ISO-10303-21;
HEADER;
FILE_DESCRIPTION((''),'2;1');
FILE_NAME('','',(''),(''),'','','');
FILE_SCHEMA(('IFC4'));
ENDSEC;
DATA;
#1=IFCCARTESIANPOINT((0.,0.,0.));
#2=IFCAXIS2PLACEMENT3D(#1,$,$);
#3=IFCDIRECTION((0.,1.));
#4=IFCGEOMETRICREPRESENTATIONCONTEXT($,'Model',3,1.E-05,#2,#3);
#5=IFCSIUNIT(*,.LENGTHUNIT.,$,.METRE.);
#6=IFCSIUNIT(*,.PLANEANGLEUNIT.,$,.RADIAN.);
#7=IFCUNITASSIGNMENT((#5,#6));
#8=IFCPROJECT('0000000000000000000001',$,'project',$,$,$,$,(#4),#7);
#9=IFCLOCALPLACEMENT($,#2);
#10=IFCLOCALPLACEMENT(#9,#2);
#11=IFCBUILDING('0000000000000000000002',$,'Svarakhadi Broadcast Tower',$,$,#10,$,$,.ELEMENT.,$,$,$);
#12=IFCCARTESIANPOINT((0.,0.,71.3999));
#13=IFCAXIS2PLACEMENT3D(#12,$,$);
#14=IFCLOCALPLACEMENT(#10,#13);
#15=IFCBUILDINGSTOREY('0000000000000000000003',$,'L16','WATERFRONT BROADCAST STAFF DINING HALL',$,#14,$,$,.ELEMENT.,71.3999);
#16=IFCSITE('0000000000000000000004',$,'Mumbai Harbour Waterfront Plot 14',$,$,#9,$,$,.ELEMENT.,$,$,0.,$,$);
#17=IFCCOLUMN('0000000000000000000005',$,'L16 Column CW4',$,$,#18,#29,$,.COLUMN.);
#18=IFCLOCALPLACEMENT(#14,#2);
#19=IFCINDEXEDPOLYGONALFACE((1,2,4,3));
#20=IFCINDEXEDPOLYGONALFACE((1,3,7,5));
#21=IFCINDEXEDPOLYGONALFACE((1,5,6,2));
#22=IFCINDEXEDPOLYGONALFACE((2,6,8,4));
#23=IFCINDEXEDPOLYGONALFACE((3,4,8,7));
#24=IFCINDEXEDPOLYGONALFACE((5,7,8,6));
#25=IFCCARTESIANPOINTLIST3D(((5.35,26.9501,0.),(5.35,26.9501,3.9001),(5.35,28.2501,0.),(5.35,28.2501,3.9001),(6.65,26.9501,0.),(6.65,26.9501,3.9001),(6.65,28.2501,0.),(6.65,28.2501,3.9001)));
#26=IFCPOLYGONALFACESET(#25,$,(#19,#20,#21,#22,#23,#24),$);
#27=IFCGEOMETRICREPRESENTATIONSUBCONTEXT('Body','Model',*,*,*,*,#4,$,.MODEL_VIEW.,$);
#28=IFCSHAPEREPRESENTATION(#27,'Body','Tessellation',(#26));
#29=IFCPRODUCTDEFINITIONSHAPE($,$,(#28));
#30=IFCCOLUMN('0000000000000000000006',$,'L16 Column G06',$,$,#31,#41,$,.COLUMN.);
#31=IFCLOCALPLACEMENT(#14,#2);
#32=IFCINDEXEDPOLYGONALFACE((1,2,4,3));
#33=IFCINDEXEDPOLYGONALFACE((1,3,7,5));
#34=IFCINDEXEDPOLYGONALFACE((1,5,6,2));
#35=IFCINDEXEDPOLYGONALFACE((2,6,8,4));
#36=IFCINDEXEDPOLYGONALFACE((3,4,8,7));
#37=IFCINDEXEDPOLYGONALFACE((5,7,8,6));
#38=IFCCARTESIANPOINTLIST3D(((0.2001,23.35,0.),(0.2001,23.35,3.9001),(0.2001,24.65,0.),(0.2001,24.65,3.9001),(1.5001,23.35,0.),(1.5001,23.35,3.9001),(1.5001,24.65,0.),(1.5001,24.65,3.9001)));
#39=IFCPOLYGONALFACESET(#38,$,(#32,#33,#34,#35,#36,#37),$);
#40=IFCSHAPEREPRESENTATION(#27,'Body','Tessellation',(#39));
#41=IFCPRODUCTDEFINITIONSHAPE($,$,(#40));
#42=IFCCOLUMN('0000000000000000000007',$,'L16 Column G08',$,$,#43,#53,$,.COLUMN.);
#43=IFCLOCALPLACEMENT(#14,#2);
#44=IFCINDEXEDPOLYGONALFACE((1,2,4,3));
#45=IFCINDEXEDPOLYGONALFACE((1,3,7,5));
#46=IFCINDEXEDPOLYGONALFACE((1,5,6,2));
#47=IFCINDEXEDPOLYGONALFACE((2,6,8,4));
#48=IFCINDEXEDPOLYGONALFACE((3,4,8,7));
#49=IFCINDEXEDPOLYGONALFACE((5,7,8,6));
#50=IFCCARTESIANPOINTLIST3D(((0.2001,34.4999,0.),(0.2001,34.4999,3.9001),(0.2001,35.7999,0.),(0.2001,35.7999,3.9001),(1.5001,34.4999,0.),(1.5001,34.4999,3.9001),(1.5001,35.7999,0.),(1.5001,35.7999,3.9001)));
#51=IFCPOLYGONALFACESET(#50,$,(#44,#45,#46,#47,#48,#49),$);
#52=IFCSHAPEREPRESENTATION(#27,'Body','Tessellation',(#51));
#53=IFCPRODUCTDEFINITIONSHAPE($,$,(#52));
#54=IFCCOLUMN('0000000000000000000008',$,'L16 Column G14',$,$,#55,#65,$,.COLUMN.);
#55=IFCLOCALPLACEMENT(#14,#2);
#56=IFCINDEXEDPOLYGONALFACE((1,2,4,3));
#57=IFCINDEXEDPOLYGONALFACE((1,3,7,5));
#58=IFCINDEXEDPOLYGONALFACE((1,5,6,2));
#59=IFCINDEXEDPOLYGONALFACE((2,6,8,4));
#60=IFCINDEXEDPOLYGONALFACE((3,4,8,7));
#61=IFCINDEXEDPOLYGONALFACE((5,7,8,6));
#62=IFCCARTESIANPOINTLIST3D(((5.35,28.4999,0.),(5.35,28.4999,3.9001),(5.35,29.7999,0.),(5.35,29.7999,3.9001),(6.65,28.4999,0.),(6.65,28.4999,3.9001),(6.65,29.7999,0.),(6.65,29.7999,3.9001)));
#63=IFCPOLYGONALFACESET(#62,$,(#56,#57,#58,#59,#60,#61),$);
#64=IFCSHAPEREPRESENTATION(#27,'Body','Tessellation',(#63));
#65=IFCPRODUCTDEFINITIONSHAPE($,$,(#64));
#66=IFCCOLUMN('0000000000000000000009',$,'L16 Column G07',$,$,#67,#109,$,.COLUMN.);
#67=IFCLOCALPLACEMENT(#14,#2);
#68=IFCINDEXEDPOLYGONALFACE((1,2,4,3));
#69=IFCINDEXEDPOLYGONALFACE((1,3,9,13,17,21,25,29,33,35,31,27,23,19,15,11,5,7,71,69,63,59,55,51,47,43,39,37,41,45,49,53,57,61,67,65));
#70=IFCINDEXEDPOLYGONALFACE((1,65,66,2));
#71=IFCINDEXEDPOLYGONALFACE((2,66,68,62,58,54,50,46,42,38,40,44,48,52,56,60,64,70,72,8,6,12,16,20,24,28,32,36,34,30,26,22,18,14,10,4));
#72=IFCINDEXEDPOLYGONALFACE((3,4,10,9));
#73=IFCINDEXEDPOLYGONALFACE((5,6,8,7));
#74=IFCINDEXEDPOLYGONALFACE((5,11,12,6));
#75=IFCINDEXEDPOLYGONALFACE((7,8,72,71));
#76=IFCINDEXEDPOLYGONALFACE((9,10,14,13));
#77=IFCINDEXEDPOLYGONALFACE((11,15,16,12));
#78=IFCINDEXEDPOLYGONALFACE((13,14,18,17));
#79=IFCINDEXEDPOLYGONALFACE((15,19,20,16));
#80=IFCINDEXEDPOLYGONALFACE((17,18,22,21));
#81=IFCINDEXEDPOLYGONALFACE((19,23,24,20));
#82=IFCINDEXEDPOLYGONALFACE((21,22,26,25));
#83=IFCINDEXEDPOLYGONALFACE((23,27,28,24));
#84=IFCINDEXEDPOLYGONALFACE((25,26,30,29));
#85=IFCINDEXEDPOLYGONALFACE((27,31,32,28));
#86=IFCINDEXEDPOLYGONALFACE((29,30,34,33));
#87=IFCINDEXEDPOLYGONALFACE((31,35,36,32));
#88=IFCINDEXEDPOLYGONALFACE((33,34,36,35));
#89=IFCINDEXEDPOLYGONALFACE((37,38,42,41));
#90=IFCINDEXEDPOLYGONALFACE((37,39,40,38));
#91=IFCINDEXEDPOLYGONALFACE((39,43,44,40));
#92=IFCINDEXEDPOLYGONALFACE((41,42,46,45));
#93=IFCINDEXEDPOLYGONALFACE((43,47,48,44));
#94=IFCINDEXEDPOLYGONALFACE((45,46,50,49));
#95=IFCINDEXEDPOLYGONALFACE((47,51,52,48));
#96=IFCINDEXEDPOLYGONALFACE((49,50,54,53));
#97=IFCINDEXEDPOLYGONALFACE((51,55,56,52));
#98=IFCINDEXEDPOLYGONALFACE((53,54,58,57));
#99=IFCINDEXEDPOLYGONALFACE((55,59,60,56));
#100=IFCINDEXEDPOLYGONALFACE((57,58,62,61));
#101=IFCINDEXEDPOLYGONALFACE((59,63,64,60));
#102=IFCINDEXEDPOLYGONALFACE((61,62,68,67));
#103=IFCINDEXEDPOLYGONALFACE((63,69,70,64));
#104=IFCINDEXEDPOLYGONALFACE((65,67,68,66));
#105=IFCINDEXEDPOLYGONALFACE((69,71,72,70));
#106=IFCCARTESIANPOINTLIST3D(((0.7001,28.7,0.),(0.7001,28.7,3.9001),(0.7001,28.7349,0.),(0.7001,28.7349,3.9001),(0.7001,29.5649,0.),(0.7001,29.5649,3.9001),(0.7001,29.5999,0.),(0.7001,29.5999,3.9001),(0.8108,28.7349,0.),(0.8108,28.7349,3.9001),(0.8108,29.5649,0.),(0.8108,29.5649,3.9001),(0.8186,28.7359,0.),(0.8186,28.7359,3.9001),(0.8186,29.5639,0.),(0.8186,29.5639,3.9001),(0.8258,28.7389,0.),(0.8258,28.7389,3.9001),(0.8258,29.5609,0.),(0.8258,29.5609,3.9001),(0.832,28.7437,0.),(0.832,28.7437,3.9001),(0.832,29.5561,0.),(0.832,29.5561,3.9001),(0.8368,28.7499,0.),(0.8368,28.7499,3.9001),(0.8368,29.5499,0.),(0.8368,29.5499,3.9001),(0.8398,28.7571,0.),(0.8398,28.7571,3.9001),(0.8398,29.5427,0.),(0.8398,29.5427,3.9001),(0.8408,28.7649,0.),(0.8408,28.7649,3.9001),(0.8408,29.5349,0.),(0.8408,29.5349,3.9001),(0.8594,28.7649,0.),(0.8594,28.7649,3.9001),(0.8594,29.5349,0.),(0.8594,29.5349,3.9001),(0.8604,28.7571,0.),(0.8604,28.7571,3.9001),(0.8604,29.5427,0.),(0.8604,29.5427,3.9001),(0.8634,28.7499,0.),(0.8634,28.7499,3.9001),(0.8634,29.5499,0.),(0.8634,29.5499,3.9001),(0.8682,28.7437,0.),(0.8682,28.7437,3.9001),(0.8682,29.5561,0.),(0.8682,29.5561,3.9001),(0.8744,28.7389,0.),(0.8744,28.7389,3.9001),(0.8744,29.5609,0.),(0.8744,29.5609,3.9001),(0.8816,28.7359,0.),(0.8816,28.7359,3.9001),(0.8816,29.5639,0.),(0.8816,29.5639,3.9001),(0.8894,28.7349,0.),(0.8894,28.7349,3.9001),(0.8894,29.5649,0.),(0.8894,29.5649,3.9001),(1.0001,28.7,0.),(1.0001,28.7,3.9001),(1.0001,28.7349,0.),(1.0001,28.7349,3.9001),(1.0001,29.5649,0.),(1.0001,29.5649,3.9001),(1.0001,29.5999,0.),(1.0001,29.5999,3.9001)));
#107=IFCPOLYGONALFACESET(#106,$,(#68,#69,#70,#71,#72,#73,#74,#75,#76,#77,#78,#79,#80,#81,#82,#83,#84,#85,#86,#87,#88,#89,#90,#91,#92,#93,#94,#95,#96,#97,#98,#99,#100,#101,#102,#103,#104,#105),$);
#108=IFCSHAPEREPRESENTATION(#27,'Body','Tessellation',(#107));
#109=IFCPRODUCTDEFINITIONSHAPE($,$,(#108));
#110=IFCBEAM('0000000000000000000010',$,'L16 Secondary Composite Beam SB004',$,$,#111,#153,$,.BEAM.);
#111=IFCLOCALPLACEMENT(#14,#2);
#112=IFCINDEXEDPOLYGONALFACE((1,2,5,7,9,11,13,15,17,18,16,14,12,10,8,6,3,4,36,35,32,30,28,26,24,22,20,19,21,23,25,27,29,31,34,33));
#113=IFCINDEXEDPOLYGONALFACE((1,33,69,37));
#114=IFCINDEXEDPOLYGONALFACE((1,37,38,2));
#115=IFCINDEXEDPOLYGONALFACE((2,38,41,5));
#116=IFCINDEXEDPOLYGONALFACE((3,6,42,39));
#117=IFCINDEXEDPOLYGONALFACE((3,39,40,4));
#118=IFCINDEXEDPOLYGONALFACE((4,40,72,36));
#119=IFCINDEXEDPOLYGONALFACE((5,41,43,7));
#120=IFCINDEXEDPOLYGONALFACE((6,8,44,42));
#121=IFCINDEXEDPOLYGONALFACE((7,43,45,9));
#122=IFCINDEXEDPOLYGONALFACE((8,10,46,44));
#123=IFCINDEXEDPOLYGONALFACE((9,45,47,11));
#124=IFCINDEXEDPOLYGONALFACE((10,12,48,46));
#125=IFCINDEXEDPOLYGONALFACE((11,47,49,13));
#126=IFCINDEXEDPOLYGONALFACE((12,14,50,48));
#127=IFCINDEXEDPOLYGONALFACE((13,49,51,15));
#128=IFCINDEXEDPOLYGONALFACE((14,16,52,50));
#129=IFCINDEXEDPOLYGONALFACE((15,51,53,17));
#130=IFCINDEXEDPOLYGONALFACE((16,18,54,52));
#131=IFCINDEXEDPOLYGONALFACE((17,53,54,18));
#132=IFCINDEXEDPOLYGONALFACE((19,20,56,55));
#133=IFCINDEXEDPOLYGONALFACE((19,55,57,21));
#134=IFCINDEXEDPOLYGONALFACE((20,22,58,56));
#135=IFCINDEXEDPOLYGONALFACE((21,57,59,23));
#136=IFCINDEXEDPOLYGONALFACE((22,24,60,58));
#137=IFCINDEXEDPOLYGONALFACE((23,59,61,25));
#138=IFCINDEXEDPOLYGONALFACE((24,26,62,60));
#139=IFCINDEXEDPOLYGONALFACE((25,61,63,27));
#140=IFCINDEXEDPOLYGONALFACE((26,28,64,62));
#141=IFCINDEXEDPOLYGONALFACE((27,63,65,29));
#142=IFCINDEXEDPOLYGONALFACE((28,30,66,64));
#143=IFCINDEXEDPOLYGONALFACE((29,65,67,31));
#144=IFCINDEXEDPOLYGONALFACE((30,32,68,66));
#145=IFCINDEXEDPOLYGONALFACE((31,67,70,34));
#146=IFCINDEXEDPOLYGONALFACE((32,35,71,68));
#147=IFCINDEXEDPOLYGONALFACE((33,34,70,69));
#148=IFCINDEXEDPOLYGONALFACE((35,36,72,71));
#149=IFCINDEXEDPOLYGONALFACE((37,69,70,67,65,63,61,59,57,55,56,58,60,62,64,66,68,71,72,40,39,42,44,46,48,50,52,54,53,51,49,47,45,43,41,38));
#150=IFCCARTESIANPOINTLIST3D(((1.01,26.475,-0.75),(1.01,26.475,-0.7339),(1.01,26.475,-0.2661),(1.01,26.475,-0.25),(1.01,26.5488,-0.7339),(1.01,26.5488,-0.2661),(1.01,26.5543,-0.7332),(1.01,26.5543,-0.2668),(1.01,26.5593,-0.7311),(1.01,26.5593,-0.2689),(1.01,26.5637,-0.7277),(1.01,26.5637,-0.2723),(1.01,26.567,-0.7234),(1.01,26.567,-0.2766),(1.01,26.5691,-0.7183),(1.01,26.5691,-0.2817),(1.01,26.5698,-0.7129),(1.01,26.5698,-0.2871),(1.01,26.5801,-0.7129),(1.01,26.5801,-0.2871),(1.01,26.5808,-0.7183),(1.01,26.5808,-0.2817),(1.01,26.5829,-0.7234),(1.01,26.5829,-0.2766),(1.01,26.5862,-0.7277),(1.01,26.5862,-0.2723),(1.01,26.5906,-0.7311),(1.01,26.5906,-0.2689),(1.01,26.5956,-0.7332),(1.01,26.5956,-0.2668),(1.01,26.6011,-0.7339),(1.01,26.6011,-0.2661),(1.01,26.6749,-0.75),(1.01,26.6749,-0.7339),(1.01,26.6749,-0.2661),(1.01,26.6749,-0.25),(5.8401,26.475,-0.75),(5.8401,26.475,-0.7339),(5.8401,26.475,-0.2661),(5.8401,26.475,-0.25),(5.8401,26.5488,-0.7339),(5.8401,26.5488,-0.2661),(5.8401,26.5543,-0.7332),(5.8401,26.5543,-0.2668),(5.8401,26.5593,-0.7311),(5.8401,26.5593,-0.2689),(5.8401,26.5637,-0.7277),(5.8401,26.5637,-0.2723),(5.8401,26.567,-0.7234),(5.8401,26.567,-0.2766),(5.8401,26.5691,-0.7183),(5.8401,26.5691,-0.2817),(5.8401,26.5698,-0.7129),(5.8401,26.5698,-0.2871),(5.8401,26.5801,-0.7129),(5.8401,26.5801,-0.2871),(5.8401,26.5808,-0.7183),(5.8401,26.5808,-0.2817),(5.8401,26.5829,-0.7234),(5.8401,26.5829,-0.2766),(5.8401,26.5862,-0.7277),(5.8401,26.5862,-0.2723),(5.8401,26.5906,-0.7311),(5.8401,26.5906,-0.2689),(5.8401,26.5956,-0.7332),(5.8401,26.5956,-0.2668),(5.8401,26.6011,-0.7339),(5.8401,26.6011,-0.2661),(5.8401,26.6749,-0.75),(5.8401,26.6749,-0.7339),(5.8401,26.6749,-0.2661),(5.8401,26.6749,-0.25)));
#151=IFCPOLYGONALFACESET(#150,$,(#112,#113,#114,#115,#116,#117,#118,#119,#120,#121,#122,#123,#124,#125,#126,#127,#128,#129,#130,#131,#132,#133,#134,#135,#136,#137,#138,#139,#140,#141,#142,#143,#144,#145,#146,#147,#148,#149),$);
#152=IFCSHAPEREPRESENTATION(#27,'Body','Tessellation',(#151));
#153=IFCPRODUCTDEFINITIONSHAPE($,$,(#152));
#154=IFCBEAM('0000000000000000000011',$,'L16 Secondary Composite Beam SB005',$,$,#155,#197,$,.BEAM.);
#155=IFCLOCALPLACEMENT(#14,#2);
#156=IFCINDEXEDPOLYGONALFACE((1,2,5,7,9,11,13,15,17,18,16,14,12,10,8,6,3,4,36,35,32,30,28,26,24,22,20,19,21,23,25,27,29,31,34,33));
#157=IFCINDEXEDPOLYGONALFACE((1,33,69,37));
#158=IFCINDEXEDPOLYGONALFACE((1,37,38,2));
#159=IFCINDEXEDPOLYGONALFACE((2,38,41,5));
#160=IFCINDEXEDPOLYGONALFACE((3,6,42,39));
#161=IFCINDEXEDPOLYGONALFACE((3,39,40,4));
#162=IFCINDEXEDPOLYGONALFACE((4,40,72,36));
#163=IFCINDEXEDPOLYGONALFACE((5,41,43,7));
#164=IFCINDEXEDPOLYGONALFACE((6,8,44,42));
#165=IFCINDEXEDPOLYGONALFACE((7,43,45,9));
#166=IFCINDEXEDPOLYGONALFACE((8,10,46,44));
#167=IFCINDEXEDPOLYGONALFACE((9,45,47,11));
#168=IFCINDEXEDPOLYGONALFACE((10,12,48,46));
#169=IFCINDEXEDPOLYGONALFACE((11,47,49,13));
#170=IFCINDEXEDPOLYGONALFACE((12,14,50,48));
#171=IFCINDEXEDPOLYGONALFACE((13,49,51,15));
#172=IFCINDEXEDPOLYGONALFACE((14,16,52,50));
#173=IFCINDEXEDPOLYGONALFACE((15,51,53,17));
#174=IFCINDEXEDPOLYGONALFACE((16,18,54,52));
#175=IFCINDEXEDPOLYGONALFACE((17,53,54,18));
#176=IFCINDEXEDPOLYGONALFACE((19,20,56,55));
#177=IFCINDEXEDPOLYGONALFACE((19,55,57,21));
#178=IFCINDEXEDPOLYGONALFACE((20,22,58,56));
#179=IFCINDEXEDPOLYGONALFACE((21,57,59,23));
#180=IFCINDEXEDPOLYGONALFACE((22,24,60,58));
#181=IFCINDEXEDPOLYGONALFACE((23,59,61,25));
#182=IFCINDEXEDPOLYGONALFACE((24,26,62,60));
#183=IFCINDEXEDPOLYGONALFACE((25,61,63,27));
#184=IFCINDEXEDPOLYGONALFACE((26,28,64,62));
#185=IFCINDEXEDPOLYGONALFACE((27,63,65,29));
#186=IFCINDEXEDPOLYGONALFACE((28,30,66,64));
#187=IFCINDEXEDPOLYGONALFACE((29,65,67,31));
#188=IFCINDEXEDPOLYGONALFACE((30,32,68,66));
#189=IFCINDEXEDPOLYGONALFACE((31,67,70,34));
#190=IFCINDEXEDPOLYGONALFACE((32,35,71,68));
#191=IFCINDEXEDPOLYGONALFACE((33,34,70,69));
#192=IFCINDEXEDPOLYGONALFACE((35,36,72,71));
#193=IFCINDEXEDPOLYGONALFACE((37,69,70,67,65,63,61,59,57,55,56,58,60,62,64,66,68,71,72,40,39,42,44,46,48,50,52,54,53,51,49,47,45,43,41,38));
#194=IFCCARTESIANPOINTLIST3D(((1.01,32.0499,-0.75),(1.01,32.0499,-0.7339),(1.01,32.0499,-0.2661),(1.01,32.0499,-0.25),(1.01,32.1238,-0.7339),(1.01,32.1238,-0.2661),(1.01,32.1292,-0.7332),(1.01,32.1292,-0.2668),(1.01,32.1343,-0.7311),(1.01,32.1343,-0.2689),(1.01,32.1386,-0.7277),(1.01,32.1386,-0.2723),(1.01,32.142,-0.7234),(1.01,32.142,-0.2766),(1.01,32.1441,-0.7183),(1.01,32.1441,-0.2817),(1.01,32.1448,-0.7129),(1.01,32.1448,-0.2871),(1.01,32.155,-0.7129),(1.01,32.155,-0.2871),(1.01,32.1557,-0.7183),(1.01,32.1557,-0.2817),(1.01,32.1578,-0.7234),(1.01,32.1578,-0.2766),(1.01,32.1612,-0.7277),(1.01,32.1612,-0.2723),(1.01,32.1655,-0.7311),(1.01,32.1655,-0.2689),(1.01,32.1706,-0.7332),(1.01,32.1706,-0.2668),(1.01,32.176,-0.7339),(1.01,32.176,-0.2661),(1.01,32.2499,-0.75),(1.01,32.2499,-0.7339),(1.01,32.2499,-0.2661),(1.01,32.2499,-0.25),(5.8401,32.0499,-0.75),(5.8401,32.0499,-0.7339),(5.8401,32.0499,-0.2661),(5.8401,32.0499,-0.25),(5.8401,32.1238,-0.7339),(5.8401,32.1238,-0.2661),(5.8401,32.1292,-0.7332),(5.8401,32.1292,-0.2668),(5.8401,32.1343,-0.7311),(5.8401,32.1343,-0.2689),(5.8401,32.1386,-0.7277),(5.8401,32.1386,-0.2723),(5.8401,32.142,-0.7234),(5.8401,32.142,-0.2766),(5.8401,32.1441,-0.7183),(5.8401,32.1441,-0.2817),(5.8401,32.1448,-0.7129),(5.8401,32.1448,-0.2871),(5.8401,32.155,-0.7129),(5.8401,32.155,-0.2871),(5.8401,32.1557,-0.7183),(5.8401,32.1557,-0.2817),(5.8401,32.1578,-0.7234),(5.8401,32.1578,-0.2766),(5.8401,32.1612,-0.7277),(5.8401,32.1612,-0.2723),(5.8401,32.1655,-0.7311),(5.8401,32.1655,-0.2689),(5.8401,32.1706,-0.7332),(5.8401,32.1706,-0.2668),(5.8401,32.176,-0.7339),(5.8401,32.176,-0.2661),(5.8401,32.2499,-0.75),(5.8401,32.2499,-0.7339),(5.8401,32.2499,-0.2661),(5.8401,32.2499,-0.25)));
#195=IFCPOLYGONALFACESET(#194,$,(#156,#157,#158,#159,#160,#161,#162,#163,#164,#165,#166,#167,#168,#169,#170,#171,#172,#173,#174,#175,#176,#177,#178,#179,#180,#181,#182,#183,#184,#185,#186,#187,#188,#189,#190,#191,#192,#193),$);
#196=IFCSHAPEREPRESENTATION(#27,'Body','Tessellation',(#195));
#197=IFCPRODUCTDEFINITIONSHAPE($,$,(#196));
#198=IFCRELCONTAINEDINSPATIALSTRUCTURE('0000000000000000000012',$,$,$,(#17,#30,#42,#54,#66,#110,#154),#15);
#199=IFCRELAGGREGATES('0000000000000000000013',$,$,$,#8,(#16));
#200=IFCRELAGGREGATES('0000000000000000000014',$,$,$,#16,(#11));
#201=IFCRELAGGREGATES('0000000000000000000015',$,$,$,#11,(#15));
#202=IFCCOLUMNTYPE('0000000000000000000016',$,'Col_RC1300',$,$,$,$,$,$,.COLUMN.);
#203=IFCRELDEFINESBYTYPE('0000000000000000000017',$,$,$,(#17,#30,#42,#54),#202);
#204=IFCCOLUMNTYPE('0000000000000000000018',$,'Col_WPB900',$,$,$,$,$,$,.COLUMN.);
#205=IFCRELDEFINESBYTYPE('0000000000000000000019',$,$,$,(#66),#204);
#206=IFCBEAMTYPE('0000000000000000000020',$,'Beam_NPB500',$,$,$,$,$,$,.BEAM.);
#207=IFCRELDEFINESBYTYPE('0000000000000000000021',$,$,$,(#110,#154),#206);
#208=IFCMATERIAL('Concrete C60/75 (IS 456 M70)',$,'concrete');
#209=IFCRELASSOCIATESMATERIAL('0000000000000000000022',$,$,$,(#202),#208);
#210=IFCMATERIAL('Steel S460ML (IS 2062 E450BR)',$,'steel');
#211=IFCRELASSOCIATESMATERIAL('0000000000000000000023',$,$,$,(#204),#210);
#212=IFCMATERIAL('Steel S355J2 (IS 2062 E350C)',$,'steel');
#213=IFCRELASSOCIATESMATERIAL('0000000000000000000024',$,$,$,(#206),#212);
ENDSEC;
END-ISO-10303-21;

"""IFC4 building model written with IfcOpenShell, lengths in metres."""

from ifc_helpers import new_model, si_unit, direction, frame, origin, origin_2d, place, context, subcontext, project, spatial, rectangle, i_section, extrude, material, material_profile, profile_set, type_object, element, save


model = new_model("IFC4")

# Units and contexts
model_context = context("Model", 3, precision=1e-05, world=origin(), true_north=direction((0.0, 1.0)))
body_context = subcontext(model_context, "Body", "Model", "MODEL_VIEW")
ifc_project = project(units=[si_unit("LENGTHUNIT", "METRE"), si_unit("PLANEANGLEUNIT", "RADIAN")], contexts=[model_context])

# Site, building, storey
site_placement = place(None, origin())
site = spatial("IfcSite", under=ifc_project, at=site_placement, Name="Mumbai Harbour Waterfront Plot 14", CompositionType="ELEMENT", RefElevation=0.0)
building_placement = place(site_placement, origin())
building = spatial("IfcBuilding", under=site, at=building_placement, Name="Svarakhadi Broadcast Tower", CompositionType="ELEMENT")
storey_placement = place(building_placement, frame((0.0, 0.0, 71.3999)))
storey = spatial("IfcBuildingStorey", under=building, at=storey_placement, Name="L16", Description="WATERFRONT BROADCAST STAFF DINING HALL", CompositionType="ELEMENT", Elevation=71.3999)

# Columns
ifc_material_1 = material(Name="Concrete C60/75 (IS 456 M70)", Category="concrete")
ifc_material_profile_1 = material_profile(ifc_material_1, rectangle(XDim=1.3, YDim=1.3, at=origin_2d()), Name="RC 1300x1300")
ifc_profile_set_1 = profile_set([ifc_material_profile_1], Name="Concrete C60/75 (IS 456 M70)")
column_type_1 = type_object("IfcColumnType", Name="Col_RC1300", PredefinedType="COLUMN", material=ifc_profile_set_1)
for number, where, z_axis, x_axis, name in (
    (1, (6.0, 27.6001, 0.0), (0.0, 0.0, 1.0), (1.0, 0.0, 0.0), "L16 Column CW4"),
    (2, (0.8501, 24.0, 0.0), (0.0, 0.0, 1.0), (1.0, 0.0, 0.0), "L16 Column G06"),
    (3, (0.8501, 35.1499, 0.0), (0.0, 0.0, 1.0), (1.0, 0.0, 0.0), "L16 Column G08"),
    (4, (6.0, 29.1499, 0.0), (0.0, 0.0, 1.0), (1.0, 0.0, 0.0), "L16 Column G14"),
):
    element("IfcColumn", number, at=place(storey_placement, frame(where, z_axis=z_axis, x_axis=x_axis)), inside=storey, type_object=column_type_1, Name=name, PredefinedType="COLUMN", context=body_context, shape_type="SweptSolid", body=[
        extrude(rectangle(XDim=1.3, YDim=1.3, at=origin_2d()), origin(), (0.0, 0.0, 1.0), 3.9001),
    ])
ifc_material_2 = material(Name="Steel S460ML (IS 2062 E450BR)", Category="steel")
ifc_material_profile_2 = material_profile(ifc_material_2, i_section(OverallWidth=0.3, OverallDepth=0.8999, WebThickness=0.0186, FlangeThickness=0.0349, FilletRadius=0.03, at=origin_2d()), Name="WPB 900x300x291")
ifc_profile_set_2 = profile_set([ifc_material_profile_2], Name="Steel S460ML (IS 2062 E450BR)")
column_type_2 = type_object("IfcColumnType", Name="Col_WPB900", PredefinedType="COLUMN", material=ifc_profile_set_2)
column_placement = place(storey_placement, frame((0.8501, 29.1499, 0.0), z_axis=(0.0, 0.0, 1.0), x_axis=(1.0, 0.0, 0.0)))
element("IfcColumn", 5, at=column_placement, inside=storey, type_object=column_type_2, Name="L16 Column G07", PredefinedType="COLUMN", context=body_context, shape_type="SweptSolid", body=[
    extrude(i_section(OverallWidth=0.3, OverallDepth=0.8999, WebThickness=0.0186, FlangeThickness=0.0349, FilletRadius=0.03, at=origin_2d()), origin(), (0.0, 0.0, 1.0), 3.9001),
])

# Beams
ifc_material_3 = material(Name="Steel S355J2 (IS 2062 E350C)", Category="steel")
ifc_material_profile_3 = material_profile(ifc_material_3, i_section(OverallWidth=0.2, OverallDepth=0.5, WebThickness=0.0103, FlangeThickness=0.0161, FilletRadius=0.021, at=origin_2d()), Name="NPB 500x200x91")
ifc_profile_set_3 = profile_set([ifc_material_profile_3], Name="Steel S355J2 (IS 2062 E350C)")
beam_type_1 = type_object("IfcBeamType", Name="Beam_NPB500", PredefinedType="BEAM", material=ifc_profile_set_3)
for number, where, z_axis, x_axis, name in (
    (6, (1.01, 26.575, -0.5), (1.0, 0.0, 0.0), (0.0, 1.0, 0.0), "L16 Secondary Composite Beam SB004"),
    (7, (1.01, 32.1499, -0.5), (1.0, 0.0, 0.0), (0.0, 1.0, 0.0), "L16 Secondary Composite Beam SB005"),
):
    element("IfcBeam", number, at=place(storey_placement, frame(where, z_axis=z_axis, x_axis=x_axis)), inside=storey, type_object=beam_type_1, Name=name, PredefinedType="BEAM", context=body_context, shape_type="SweptSolid", body=[
        extrude(i_section(OverallWidth=0.2, OverallDepth=0.5, WebThickness=0.0103, FlangeThickness=0.0161, FilletRadius=0.021, at=origin_2d()), origin(), (0.0, 0.0, 1.0), 4.8301),
    ])

save(model, "model.ifc")
